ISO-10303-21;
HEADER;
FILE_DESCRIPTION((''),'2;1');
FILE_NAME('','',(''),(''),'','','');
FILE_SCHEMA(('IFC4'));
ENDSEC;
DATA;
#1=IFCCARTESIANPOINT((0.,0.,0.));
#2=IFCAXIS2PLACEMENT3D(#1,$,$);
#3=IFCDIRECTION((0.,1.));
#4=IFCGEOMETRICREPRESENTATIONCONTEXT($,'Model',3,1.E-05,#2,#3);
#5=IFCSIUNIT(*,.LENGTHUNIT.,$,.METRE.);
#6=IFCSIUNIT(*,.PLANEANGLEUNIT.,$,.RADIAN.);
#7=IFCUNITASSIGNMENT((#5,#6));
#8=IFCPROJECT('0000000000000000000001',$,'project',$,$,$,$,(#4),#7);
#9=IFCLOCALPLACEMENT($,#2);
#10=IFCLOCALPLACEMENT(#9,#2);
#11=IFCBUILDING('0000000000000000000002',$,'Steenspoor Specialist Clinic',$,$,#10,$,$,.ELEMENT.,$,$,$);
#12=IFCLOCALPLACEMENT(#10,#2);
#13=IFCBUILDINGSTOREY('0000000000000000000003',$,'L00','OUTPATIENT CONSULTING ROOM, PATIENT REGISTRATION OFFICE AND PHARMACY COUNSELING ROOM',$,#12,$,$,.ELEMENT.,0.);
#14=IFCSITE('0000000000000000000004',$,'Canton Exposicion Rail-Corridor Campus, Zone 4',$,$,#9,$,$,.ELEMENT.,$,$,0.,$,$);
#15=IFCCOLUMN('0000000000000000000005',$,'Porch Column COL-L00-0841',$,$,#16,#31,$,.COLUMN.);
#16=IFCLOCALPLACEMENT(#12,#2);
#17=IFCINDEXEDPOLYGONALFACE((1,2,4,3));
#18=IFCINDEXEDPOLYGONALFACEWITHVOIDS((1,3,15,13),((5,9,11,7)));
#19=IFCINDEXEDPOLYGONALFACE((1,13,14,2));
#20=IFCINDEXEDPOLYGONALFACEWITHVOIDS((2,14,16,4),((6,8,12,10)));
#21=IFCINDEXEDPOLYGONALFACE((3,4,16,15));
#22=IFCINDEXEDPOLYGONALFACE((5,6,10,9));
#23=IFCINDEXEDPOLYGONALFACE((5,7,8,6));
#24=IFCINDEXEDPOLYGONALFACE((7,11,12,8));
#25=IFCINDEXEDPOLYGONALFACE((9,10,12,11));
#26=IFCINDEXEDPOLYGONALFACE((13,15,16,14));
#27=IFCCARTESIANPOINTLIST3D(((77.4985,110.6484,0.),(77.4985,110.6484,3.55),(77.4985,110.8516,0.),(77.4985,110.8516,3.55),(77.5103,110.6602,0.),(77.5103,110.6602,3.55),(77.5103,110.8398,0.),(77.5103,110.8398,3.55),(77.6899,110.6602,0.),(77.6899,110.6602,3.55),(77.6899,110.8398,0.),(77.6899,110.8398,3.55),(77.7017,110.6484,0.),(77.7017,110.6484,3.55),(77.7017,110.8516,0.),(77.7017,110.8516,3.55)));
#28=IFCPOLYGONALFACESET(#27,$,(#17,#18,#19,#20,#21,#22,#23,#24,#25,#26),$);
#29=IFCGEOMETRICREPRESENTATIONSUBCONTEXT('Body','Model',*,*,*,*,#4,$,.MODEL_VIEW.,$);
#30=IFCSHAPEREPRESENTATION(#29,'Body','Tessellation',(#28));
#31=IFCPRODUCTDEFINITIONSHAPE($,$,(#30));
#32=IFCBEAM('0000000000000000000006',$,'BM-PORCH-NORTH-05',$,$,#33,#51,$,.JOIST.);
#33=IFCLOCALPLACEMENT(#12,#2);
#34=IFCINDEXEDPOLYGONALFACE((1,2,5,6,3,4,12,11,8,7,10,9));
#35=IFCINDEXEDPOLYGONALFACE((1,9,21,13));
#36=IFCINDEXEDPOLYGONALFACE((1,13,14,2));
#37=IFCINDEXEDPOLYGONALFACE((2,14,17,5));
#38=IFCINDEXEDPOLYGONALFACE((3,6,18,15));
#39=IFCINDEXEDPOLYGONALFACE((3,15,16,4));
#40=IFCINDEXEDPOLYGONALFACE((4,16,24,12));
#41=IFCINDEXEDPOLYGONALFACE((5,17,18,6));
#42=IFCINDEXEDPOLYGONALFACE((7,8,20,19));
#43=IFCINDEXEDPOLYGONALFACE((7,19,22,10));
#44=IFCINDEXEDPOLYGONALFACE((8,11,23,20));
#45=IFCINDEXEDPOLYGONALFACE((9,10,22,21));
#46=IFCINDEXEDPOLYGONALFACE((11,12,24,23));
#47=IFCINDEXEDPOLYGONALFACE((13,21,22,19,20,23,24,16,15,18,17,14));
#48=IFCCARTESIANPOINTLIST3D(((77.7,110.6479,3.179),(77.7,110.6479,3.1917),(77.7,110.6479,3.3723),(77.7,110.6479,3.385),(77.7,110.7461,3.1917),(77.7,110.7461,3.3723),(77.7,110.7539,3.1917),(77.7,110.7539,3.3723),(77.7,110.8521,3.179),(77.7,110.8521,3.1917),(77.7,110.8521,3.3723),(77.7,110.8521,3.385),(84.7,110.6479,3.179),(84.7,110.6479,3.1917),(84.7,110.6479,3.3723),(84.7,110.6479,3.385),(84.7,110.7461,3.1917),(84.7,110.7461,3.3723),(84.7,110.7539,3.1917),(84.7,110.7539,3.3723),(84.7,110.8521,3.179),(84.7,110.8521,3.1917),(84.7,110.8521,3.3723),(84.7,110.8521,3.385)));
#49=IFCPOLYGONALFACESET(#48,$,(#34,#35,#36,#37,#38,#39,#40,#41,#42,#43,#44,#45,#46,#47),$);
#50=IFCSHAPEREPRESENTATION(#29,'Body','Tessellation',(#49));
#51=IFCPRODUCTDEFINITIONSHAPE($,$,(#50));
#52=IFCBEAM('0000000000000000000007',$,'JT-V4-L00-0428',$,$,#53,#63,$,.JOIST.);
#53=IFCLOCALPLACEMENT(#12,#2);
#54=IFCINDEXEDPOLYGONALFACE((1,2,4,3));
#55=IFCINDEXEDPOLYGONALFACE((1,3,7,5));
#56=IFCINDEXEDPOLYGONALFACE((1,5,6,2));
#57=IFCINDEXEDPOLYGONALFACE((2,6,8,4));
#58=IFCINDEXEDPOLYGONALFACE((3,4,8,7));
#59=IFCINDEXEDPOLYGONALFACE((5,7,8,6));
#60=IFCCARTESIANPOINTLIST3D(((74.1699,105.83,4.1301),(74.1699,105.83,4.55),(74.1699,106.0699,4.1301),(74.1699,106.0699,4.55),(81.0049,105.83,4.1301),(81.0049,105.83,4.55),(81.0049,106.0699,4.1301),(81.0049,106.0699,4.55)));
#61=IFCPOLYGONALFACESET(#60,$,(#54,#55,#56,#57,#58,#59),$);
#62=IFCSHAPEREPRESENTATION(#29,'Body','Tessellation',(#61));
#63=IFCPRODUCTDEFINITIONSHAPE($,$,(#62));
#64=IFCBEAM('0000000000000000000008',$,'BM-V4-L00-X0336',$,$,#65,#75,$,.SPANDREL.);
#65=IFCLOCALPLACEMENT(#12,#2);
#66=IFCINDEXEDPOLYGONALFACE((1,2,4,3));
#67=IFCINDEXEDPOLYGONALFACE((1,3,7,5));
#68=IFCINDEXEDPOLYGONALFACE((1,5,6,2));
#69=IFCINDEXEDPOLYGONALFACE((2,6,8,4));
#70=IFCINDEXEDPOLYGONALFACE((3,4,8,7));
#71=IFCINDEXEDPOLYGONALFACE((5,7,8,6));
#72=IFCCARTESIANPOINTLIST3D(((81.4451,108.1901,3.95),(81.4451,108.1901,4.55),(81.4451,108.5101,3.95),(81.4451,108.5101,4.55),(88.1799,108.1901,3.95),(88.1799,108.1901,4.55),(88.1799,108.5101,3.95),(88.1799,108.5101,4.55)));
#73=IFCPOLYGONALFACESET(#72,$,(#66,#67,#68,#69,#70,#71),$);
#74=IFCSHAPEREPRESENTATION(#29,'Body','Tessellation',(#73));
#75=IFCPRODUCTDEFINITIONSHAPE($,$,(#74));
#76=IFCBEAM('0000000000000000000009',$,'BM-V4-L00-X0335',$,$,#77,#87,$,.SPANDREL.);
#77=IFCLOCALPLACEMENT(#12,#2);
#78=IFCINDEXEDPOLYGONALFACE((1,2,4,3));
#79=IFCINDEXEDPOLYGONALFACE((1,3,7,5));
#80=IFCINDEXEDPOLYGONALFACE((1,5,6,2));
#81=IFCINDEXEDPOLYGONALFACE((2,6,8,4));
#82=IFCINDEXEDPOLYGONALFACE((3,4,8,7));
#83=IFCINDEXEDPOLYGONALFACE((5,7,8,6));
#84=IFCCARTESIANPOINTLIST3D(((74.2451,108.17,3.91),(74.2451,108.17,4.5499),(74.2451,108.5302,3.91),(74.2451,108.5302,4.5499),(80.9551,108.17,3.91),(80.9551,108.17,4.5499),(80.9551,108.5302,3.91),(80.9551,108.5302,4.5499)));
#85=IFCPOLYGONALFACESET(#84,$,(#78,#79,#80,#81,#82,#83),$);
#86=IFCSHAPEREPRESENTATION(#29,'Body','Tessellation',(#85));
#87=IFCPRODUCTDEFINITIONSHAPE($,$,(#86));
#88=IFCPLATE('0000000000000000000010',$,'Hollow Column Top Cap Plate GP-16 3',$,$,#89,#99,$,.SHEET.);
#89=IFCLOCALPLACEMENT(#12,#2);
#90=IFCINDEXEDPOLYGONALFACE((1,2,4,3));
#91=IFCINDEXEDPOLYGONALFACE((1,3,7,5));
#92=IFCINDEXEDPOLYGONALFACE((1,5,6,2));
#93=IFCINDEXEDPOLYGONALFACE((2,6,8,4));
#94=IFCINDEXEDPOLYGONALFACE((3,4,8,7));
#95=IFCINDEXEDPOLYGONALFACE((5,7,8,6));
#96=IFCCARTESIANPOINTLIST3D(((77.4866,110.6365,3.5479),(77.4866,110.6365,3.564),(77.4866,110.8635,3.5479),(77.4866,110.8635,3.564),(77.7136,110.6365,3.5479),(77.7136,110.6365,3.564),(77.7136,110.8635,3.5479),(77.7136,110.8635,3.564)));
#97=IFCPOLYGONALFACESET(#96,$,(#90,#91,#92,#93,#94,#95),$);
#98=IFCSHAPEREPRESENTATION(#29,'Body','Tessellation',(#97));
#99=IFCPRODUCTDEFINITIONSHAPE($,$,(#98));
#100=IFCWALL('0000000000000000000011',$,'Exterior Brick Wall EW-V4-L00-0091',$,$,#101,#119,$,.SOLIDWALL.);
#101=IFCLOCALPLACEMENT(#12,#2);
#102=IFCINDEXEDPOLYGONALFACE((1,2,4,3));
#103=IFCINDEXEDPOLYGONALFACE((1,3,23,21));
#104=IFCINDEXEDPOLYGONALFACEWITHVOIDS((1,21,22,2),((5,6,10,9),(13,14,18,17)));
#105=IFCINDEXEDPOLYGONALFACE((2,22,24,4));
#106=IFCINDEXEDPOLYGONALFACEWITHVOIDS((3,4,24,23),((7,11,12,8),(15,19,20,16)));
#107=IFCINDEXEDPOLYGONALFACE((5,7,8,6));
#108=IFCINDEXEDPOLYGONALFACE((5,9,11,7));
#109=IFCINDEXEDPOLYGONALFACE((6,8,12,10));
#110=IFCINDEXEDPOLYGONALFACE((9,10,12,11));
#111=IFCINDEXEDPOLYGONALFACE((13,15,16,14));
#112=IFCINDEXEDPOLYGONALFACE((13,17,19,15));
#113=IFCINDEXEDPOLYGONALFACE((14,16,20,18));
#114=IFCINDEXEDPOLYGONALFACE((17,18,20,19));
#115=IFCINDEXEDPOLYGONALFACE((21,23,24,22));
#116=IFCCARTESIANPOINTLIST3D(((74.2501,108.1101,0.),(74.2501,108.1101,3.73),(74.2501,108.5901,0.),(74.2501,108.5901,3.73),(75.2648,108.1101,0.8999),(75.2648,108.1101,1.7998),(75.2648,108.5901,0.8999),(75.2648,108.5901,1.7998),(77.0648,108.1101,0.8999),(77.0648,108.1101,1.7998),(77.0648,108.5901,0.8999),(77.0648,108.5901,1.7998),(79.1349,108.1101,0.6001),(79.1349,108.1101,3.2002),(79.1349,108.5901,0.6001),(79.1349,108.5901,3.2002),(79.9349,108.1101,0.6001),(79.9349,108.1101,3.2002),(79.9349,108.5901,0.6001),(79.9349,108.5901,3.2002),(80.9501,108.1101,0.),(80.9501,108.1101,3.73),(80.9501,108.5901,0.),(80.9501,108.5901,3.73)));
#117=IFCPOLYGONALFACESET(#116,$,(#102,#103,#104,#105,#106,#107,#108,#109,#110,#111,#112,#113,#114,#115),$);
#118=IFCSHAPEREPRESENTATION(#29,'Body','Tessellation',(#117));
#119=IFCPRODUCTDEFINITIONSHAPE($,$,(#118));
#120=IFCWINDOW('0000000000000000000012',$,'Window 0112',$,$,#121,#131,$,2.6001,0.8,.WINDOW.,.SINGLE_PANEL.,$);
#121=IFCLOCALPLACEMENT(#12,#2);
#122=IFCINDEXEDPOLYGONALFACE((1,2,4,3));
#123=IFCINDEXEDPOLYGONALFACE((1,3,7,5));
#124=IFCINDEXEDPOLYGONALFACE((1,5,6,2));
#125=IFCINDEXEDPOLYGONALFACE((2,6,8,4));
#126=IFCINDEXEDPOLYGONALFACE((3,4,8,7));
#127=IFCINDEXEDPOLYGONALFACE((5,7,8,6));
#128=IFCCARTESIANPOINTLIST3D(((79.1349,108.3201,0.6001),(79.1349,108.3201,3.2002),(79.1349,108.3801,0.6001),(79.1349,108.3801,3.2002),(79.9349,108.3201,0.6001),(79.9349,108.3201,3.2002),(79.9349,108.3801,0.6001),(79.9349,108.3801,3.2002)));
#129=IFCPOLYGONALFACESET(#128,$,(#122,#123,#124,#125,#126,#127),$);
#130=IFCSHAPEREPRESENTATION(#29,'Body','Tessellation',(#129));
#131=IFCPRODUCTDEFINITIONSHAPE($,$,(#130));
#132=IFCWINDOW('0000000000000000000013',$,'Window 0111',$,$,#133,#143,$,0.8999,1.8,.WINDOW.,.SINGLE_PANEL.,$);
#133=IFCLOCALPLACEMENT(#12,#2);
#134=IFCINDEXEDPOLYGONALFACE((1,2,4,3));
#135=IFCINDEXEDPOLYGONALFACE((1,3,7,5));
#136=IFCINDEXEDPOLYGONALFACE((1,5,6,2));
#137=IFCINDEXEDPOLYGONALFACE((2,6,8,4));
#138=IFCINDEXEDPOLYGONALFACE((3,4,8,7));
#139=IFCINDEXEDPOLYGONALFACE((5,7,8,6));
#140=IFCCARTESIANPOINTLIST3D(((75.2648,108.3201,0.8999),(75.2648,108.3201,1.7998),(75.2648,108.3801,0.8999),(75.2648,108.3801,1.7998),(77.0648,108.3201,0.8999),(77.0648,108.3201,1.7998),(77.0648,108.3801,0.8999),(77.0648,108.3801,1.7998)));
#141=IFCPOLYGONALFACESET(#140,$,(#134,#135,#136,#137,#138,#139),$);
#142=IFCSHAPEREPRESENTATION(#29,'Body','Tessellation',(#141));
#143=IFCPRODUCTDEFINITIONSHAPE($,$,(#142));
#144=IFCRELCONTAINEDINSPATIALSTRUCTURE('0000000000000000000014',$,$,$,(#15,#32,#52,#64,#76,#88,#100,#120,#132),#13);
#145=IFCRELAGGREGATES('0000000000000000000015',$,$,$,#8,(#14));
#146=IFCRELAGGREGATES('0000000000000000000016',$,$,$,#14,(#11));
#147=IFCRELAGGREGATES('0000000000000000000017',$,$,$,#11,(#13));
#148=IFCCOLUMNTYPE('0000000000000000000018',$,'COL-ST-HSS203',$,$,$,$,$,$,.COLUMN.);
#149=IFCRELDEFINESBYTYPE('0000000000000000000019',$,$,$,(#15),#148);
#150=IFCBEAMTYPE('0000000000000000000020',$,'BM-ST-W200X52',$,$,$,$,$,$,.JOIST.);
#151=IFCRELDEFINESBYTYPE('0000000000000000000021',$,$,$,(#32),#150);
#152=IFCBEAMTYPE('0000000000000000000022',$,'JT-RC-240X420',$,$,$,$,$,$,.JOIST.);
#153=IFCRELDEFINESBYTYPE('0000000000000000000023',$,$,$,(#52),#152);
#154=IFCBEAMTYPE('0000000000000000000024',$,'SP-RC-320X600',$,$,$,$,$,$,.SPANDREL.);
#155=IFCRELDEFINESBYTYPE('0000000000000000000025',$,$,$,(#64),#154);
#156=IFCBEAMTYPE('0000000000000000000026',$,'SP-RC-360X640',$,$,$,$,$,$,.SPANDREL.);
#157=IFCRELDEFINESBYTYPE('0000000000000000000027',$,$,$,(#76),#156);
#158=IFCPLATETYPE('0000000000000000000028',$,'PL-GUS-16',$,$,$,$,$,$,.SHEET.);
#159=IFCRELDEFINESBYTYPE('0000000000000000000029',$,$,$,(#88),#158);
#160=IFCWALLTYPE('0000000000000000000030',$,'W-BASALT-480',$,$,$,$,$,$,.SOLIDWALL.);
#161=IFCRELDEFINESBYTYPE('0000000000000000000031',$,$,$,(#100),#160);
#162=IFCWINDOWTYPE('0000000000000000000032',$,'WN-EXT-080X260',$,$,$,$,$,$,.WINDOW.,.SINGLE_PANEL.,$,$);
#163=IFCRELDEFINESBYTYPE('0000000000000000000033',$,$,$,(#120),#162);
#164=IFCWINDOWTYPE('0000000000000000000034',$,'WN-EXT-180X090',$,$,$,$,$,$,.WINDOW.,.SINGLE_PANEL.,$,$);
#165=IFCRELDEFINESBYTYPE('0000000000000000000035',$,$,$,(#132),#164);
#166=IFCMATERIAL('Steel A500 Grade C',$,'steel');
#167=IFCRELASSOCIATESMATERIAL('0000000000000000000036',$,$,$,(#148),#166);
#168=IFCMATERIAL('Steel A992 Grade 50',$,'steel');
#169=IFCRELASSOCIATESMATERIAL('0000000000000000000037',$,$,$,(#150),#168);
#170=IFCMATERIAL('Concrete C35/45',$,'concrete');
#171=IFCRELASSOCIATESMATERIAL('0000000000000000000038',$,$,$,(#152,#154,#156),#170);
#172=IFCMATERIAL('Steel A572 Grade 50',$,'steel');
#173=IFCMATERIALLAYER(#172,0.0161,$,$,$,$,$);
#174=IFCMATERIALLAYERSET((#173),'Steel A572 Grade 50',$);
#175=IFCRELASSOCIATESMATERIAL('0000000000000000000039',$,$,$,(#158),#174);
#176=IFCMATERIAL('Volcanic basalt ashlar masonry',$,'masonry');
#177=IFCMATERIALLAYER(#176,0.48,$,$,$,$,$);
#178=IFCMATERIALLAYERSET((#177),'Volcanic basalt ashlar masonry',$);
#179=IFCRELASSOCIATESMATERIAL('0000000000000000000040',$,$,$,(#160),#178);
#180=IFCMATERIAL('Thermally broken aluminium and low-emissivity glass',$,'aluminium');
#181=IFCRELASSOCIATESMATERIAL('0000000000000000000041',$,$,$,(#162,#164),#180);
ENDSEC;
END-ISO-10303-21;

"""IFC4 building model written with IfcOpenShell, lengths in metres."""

from ifc_helpers import new_model, si_unit, direction, frame, frame_2d, origin, origin_2d, place, context, subcontext, project, spatial, rectangle, hollow_rectangle, i_section, extrude, material, layer, layer_set, material_profile, profile_set, type_object, element, fill, save


model = new_model("IFC4")

# Units and contexts
model_context = context("Model", 3, precision=1e-05, world=origin(), true_north=direction((0.0, 1.0)))
body_context = subcontext(model_context, "Body", "Model", "MODEL_VIEW")
ifc_project = project(units=[si_unit("LENGTHUNIT", "METRE"), si_unit("PLANEANGLEUNIT", "RADIAN")], contexts=[model_context])

# Site, building, storey
site_placement = place(None, origin())
site = spatial("IfcSite", under=ifc_project, at=site_placement, Name="Canton Exposicion Rail-Corridor Campus, Zone 4", CompositionType="ELEMENT", RefElevation=0.0)
building_placement = place(site_placement, origin())
building = spatial("IfcBuilding", under=site, at=building_placement, Name="Steenspoor Specialist Clinic", CompositionType="ELEMENT")
storey_placement = place(building_placement, origin())
storey = spatial("IfcBuildingStorey", under=building, at=storey_placement, Name="L00", Description="OUTPATIENT CONSULTING ROOM, PATIENT REGISTRATION OFFICE AND PHARMACY COUNSELING ROOM", CompositionType="ELEMENT", Elevation=0.0)

# Shared definitions
ifc_material_1 = material(Name="Concrete C35/45", Category="concrete")

# Column
ifc_material_2 = material(Name="Steel A500 Grade C", Category="steel")
ifc_material_profile_1 = material_profile(ifc_material_2, hollow_rectangle(XDim=0.2031, YDim=0.2031, WallThickness=0.0117, at=origin_2d()), Name="HSS203X203X12.7")
ifc_profile_set_1 = profile_set([ifc_material_profile_1], Name="Steel A500 Grade C")
column_type_1 = type_object("IfcColumnType", Name="COL-ST-HSS203", PredefinedType="COLUMN", material=ifc_profile_set_1)
column_1_placement = place(storey_placement, frame((77.6001, 110.75, 0.0), z_axis=(0.0, 0.0, 1.0), x_axis=(1.0, 0.0, 0.0)))
element("IfcColumn", 1, at=column_1_placement, inside=storey, type_object=column_type_1, Name="Porch Column COL-L00-0841", PredefinedType="COLUMN", context=body_context, shape_type="SweptSolid", body=[
    extrude(hollow_rectangle(XDim=0.2031, YDim=0.2031, WallThickness=0.0117, at=origin_2d()), origin(), (0.0, 0.0, 1.0), 3.55),
])

# Beams
ifc_material_3 = material(Name="Steel A992 Grade 50", Category="steel")
ifc_material_profile_2 = material_profile(ifc_material_3, i_section(OverallWidth=0.2041, OverallDepth=0.2061, WebThickness=0.0078, FlangeThickness=0.0127, at=origin_2d()), Name="W200X52")
ifc_profile_set_2 = profile_set([ifc_material_profile_2], Name="Steel A992 Grade 50")
beam_type_1 = type_object("IfcBeamType", Name="BM-ST-W200X52", PredefinedType="JOIST", material=ifc_profile_set_2)
beam_1_placement = place(storey_placement, frame((77.7, 110.75, 3.282), z_axis=(1.0, 0.0, 0.0), x_axis=(0.0, 1.0, 0.0)))
element("IfcBeam", 2, at=beam_1_placement, inside=storey, type_object=beam_type_1, Name="BM-PORCH-NORTH-05", PredefinedType="JOIST", context=body_context, shape_type="SweptSolid", body=[
    extrude(i_section(OverallWidth=0.2041, OverallDepth=0.2061, WebThickness=0.0078, FlangeThickness=0.0127, at=origin_2d()), origin(), (0.0, 0.0, 1.0), 7.0),
])
ifc_material_profile_3 = material_profile(ifc_material_1, rectangle(XDim=0.24, YDim=0.4199, at=origin_2d()), Name="RC-JT-240X420")
ifc_profile_set_3 = profile_set([ifc_material_profile_3], Name="Concrete C35/45")
beam_type_2 = type_object("IfcBeamType", Name="JT-RC-240X420", PredefinedType="JOIST", material=ifc_profile_set_3)
beam_2_placement = place(storey_placement, frame((74.1699, 105.95, 4.3401), z_axis=(1.0, 0.0, 0.0), x_axis=(0.0, 1.0, 0.0)))
element("IfcBeam", 3, at=beam_2_placement, inside=storey, type_object=beam_type_2, Name="JT-V4-L00-0428", PredefinedType="JOIST", context=body_context, shape_type="SweptSolid", body=[
    extrude(rectangle(XDim=0.24, YDim=0.4199, at=origin_2d()), origin(), (0.0, 0.0, 1.0), 6.835),
])
ifc_material_profile_4 = material_profile(ifc_material_1, rectangle(XDim=0.3201, YDim=0.6001, at=origin_2d()), Name="RC-SP-320X600")
ifc_profile_set_4 = profile_set([ifc_material_profile_4], Name="Concrete C35/45")
beam_type_3 = type_object("IfcBeamType", Name="SP-RC-320X600", PredefinedType="SPANDREL", material=ifc_profile_set_4)
beam_3_placement = place(storey_placement, frame((81.4451, 108.3501, 4.25), z_axis=(1.0, 0.0, 0.0), x_axis=(0.0, 1.0, 0.0)))
element("IfcBeam", 4, at=beam_3_placement, inside=storey, type_object=beam_type_3, Name="BM-V4-L00-X0336", PredefinedType="SPANDREL", context=body_context, shape_type="SweptSolid", body=[
    extrude(rectangle(XDim=0.3201, YDim=0.6001, at=origin_2d()), origin(), (0.0, 0.0, 1.0), 6.7349),
])
ifc_material_profile_5 = material_profile(ifc_material_1, rectangle(XDim=0.3601, YDim=0.6399, at=origin_2d()), Name="RC-SP-360X640")
ifc_profile_set_5 = profile_set([ifc_material_profile_5], Name="Concrete C35/45")
beam_type_4 = type_object("IfcBeamType", Name="SP-RC-360X640", PredefinedType="SPANDREL", material=ifc_profile_set_5)
beam_4_placement = place(storey_placement, frame((74.2451, 108.3501, 4.23), z_axis=(1.0, 0.0, 0.0), x_axis=(0.0, 1.0, 0.0)))
element("IfcBeam", 5, at=beam_4_placement, inside=storey, type_object=beam_type_4, Name="BM-V4-L00-X0335", PredefinedType="SPANDREL", context=body_context, shape_type="SweptSolid", body=[
    extrude(rectangle(XDim=0.3601, YDim=0.6399, at=origin_2d()), origin(), (0.0, 0.0, 1.0), 6.71),
])

# Plate
ifc_material_4 = material(Name="Steel A572 Grade 50", Category="steel")
ifc_layer_1 = layer(ifc_material_4, 0.0161)
ifc_layer_set_1 = layer_set([ifc_layer_1], Name="Steel A572 Grade 50")
plate_type = type_object("IfcPlateType", Name="PL-GUS-16", PredefinedType="SHEET", material=ifc_layer_set_1)
plate_placement = place(storey_placement, frame((77.6001, 110.75, 3.5479), z_axis=(0.0, 0.0, 1.0), x_axis=(1.0, 0.0, 0.0)))
element("IfcPlate", 6, at=plate_placement, inside=storey, type_object=plate_type, Name="Hollow Column Top Cap Plate GP-16 3", PredefinedType="SHEET", context=body_context, shape_type="SweptSolid", body=[
    extrude(rectangle(XDim=0.2271, YDim=0.2271, at=origin_2d()), origin(), (0.0, 0.0, 1.0), 0.0161),
])

# Wall, openings, windows
ifc_material_5 = material(Name="Volcanic basalt ashlar masonry", Category="masonry")
ifc_layer_2 = layer(ifc_material_5, 0.48)
ifc_layer_set_2 = layer_set([ifc_layer_2], Name="Volcanic basalt ashlar masonry")
wall_type_1 = type_object("IfcWallType", Name="W-BASALT-480", PredefinedType="SOLIDWALL", material=ifc_layer_set_2)
wall_1_placement = place(storey_placement, frame((74.25, 108.3501, 0.0), z_axis=(0.0, 0.0, 1.0), x_axis=(1.0, 0.0, 0.0)))
wall_1 = element("IfcWall", 7, at=wall_1_placement, inside=storey, type_object=wall_type_1, Name="Exterior Brick Wall EW-V4-L00-0091", PredefinedType="SOLIDWALL", context=body_context, shape_type="SweptSolid", body=[
    extrude(rectangle(XDim=6.7, YDim=0.48, at=frame_2d((3.3501, 0.0))), origin(), (0.0, 0.0, 1.0), 3.73),
])
opening_1_placement = place(wall_1_placement, frame((1.0149, 0.0, 0.8999)))
opening_1 = element("IfcOpeningElement", 8, at=opening_1_placement, cuts=wall_1, PredefinedType="OPENING", context=body_context, shape_type="SweptSolid", body=[
    extrude(rectangle(XDim=1.8, YDim=0.8999, at=frame_2d((0.8999, 0.45))), frame((0.0, 0.25, 0.0), z_axis=(0.0, -1.0, 0.0), x_axis=(1.0, 0.0, 0.0)), (0.0, 0.0, 1.0), 0.5),
])
opening_2_placement = place(wall_1_placement, frame((4.885, 0.0, 0.6001)))
opening_2 = element("IfcOpeningElement", 9, at=opening_2_placement, cuts=wall_1, PredefinedType="OPENING", context=body_context, shape_type="SweptSolid", body=[
    extrude(rectangle(XDim=0.8, YDim=2.6001, at=frame_2d((0.3999, 1.3))), frame((0.0, 0.25, 0.0), z_axis=(0.0, -1.0, 0.0), x_axis=(1.0, 0.0, 0.0)), (0.0, 0.0, 1.0), 0.5),
])
ifc_material_6 = material(Name="Thermally broken aluminium and low-emissivity glass", Category="aluminium")
window_type_1 = type_object("IfcWindowType", Name="WN-EXT-080X260", PartitioningType="SINGLE_PANEL", PredefinedType="WINDOW", material=ifc_material_6)
window_1_placement = place(opening_2_placement, origin())
window_1 = element("IfcWindow", 10, at=window_1_placement, inside=storey, type_object=window_type_1, Name="Window 0112", OverallHeight=2.6001, OverallWidth=0.8, PartitioningType="SINGLE_PANEL", PredefinedType="WINDOW", context=body_context, shape_type="SweptSolid", body=[
    extrude(rectangle(XDim=0.8, YDim=2.6001, at=frame_2d((0.3999, 1.3))), frame((0.0, 0.03, 0.0), z_axis=(0.0, -1.0, 0.0), x_axis=(1.0, 0.0, 0.0)), (0.0, 0.0, 1.0), 0.0601),
])
fill(opening_2, window_1)
window_type_2 = type_object("IfcWindowType", Name="WN-EXT-180X090", PartitioningType="SINGLE_PANEL", PredefinedType="WINDOW", material=ifc_material_6)
window_2_placement = place(opening_1_placement, origin())
window_2 = element("IfcWindow", 11, at=window_2_placement, inside=storey, type_object=window_type_2, Name="Window 0111", OverallHeight=0.8999, OverallWidth=1.8, PartitioningType="SINGLE_PANEL", PredefinedType="WINDOW", context=body_context, shape_type="SweptSolid", body=[
    extrude(rectangle(XDim=1.8, YDim=0.8999, at=frame_2d((0.8999, 0.45))), frame((0.0, 0.03, 0.0), z_axis=(0.0, -1.0, 0.0), x_axis=(1.0, 0.0, 0.0)), (0.0, 0.0, 1.0), 0.0601),
])
fill(opening_1, window_2)

save(model, "model.ifc")
